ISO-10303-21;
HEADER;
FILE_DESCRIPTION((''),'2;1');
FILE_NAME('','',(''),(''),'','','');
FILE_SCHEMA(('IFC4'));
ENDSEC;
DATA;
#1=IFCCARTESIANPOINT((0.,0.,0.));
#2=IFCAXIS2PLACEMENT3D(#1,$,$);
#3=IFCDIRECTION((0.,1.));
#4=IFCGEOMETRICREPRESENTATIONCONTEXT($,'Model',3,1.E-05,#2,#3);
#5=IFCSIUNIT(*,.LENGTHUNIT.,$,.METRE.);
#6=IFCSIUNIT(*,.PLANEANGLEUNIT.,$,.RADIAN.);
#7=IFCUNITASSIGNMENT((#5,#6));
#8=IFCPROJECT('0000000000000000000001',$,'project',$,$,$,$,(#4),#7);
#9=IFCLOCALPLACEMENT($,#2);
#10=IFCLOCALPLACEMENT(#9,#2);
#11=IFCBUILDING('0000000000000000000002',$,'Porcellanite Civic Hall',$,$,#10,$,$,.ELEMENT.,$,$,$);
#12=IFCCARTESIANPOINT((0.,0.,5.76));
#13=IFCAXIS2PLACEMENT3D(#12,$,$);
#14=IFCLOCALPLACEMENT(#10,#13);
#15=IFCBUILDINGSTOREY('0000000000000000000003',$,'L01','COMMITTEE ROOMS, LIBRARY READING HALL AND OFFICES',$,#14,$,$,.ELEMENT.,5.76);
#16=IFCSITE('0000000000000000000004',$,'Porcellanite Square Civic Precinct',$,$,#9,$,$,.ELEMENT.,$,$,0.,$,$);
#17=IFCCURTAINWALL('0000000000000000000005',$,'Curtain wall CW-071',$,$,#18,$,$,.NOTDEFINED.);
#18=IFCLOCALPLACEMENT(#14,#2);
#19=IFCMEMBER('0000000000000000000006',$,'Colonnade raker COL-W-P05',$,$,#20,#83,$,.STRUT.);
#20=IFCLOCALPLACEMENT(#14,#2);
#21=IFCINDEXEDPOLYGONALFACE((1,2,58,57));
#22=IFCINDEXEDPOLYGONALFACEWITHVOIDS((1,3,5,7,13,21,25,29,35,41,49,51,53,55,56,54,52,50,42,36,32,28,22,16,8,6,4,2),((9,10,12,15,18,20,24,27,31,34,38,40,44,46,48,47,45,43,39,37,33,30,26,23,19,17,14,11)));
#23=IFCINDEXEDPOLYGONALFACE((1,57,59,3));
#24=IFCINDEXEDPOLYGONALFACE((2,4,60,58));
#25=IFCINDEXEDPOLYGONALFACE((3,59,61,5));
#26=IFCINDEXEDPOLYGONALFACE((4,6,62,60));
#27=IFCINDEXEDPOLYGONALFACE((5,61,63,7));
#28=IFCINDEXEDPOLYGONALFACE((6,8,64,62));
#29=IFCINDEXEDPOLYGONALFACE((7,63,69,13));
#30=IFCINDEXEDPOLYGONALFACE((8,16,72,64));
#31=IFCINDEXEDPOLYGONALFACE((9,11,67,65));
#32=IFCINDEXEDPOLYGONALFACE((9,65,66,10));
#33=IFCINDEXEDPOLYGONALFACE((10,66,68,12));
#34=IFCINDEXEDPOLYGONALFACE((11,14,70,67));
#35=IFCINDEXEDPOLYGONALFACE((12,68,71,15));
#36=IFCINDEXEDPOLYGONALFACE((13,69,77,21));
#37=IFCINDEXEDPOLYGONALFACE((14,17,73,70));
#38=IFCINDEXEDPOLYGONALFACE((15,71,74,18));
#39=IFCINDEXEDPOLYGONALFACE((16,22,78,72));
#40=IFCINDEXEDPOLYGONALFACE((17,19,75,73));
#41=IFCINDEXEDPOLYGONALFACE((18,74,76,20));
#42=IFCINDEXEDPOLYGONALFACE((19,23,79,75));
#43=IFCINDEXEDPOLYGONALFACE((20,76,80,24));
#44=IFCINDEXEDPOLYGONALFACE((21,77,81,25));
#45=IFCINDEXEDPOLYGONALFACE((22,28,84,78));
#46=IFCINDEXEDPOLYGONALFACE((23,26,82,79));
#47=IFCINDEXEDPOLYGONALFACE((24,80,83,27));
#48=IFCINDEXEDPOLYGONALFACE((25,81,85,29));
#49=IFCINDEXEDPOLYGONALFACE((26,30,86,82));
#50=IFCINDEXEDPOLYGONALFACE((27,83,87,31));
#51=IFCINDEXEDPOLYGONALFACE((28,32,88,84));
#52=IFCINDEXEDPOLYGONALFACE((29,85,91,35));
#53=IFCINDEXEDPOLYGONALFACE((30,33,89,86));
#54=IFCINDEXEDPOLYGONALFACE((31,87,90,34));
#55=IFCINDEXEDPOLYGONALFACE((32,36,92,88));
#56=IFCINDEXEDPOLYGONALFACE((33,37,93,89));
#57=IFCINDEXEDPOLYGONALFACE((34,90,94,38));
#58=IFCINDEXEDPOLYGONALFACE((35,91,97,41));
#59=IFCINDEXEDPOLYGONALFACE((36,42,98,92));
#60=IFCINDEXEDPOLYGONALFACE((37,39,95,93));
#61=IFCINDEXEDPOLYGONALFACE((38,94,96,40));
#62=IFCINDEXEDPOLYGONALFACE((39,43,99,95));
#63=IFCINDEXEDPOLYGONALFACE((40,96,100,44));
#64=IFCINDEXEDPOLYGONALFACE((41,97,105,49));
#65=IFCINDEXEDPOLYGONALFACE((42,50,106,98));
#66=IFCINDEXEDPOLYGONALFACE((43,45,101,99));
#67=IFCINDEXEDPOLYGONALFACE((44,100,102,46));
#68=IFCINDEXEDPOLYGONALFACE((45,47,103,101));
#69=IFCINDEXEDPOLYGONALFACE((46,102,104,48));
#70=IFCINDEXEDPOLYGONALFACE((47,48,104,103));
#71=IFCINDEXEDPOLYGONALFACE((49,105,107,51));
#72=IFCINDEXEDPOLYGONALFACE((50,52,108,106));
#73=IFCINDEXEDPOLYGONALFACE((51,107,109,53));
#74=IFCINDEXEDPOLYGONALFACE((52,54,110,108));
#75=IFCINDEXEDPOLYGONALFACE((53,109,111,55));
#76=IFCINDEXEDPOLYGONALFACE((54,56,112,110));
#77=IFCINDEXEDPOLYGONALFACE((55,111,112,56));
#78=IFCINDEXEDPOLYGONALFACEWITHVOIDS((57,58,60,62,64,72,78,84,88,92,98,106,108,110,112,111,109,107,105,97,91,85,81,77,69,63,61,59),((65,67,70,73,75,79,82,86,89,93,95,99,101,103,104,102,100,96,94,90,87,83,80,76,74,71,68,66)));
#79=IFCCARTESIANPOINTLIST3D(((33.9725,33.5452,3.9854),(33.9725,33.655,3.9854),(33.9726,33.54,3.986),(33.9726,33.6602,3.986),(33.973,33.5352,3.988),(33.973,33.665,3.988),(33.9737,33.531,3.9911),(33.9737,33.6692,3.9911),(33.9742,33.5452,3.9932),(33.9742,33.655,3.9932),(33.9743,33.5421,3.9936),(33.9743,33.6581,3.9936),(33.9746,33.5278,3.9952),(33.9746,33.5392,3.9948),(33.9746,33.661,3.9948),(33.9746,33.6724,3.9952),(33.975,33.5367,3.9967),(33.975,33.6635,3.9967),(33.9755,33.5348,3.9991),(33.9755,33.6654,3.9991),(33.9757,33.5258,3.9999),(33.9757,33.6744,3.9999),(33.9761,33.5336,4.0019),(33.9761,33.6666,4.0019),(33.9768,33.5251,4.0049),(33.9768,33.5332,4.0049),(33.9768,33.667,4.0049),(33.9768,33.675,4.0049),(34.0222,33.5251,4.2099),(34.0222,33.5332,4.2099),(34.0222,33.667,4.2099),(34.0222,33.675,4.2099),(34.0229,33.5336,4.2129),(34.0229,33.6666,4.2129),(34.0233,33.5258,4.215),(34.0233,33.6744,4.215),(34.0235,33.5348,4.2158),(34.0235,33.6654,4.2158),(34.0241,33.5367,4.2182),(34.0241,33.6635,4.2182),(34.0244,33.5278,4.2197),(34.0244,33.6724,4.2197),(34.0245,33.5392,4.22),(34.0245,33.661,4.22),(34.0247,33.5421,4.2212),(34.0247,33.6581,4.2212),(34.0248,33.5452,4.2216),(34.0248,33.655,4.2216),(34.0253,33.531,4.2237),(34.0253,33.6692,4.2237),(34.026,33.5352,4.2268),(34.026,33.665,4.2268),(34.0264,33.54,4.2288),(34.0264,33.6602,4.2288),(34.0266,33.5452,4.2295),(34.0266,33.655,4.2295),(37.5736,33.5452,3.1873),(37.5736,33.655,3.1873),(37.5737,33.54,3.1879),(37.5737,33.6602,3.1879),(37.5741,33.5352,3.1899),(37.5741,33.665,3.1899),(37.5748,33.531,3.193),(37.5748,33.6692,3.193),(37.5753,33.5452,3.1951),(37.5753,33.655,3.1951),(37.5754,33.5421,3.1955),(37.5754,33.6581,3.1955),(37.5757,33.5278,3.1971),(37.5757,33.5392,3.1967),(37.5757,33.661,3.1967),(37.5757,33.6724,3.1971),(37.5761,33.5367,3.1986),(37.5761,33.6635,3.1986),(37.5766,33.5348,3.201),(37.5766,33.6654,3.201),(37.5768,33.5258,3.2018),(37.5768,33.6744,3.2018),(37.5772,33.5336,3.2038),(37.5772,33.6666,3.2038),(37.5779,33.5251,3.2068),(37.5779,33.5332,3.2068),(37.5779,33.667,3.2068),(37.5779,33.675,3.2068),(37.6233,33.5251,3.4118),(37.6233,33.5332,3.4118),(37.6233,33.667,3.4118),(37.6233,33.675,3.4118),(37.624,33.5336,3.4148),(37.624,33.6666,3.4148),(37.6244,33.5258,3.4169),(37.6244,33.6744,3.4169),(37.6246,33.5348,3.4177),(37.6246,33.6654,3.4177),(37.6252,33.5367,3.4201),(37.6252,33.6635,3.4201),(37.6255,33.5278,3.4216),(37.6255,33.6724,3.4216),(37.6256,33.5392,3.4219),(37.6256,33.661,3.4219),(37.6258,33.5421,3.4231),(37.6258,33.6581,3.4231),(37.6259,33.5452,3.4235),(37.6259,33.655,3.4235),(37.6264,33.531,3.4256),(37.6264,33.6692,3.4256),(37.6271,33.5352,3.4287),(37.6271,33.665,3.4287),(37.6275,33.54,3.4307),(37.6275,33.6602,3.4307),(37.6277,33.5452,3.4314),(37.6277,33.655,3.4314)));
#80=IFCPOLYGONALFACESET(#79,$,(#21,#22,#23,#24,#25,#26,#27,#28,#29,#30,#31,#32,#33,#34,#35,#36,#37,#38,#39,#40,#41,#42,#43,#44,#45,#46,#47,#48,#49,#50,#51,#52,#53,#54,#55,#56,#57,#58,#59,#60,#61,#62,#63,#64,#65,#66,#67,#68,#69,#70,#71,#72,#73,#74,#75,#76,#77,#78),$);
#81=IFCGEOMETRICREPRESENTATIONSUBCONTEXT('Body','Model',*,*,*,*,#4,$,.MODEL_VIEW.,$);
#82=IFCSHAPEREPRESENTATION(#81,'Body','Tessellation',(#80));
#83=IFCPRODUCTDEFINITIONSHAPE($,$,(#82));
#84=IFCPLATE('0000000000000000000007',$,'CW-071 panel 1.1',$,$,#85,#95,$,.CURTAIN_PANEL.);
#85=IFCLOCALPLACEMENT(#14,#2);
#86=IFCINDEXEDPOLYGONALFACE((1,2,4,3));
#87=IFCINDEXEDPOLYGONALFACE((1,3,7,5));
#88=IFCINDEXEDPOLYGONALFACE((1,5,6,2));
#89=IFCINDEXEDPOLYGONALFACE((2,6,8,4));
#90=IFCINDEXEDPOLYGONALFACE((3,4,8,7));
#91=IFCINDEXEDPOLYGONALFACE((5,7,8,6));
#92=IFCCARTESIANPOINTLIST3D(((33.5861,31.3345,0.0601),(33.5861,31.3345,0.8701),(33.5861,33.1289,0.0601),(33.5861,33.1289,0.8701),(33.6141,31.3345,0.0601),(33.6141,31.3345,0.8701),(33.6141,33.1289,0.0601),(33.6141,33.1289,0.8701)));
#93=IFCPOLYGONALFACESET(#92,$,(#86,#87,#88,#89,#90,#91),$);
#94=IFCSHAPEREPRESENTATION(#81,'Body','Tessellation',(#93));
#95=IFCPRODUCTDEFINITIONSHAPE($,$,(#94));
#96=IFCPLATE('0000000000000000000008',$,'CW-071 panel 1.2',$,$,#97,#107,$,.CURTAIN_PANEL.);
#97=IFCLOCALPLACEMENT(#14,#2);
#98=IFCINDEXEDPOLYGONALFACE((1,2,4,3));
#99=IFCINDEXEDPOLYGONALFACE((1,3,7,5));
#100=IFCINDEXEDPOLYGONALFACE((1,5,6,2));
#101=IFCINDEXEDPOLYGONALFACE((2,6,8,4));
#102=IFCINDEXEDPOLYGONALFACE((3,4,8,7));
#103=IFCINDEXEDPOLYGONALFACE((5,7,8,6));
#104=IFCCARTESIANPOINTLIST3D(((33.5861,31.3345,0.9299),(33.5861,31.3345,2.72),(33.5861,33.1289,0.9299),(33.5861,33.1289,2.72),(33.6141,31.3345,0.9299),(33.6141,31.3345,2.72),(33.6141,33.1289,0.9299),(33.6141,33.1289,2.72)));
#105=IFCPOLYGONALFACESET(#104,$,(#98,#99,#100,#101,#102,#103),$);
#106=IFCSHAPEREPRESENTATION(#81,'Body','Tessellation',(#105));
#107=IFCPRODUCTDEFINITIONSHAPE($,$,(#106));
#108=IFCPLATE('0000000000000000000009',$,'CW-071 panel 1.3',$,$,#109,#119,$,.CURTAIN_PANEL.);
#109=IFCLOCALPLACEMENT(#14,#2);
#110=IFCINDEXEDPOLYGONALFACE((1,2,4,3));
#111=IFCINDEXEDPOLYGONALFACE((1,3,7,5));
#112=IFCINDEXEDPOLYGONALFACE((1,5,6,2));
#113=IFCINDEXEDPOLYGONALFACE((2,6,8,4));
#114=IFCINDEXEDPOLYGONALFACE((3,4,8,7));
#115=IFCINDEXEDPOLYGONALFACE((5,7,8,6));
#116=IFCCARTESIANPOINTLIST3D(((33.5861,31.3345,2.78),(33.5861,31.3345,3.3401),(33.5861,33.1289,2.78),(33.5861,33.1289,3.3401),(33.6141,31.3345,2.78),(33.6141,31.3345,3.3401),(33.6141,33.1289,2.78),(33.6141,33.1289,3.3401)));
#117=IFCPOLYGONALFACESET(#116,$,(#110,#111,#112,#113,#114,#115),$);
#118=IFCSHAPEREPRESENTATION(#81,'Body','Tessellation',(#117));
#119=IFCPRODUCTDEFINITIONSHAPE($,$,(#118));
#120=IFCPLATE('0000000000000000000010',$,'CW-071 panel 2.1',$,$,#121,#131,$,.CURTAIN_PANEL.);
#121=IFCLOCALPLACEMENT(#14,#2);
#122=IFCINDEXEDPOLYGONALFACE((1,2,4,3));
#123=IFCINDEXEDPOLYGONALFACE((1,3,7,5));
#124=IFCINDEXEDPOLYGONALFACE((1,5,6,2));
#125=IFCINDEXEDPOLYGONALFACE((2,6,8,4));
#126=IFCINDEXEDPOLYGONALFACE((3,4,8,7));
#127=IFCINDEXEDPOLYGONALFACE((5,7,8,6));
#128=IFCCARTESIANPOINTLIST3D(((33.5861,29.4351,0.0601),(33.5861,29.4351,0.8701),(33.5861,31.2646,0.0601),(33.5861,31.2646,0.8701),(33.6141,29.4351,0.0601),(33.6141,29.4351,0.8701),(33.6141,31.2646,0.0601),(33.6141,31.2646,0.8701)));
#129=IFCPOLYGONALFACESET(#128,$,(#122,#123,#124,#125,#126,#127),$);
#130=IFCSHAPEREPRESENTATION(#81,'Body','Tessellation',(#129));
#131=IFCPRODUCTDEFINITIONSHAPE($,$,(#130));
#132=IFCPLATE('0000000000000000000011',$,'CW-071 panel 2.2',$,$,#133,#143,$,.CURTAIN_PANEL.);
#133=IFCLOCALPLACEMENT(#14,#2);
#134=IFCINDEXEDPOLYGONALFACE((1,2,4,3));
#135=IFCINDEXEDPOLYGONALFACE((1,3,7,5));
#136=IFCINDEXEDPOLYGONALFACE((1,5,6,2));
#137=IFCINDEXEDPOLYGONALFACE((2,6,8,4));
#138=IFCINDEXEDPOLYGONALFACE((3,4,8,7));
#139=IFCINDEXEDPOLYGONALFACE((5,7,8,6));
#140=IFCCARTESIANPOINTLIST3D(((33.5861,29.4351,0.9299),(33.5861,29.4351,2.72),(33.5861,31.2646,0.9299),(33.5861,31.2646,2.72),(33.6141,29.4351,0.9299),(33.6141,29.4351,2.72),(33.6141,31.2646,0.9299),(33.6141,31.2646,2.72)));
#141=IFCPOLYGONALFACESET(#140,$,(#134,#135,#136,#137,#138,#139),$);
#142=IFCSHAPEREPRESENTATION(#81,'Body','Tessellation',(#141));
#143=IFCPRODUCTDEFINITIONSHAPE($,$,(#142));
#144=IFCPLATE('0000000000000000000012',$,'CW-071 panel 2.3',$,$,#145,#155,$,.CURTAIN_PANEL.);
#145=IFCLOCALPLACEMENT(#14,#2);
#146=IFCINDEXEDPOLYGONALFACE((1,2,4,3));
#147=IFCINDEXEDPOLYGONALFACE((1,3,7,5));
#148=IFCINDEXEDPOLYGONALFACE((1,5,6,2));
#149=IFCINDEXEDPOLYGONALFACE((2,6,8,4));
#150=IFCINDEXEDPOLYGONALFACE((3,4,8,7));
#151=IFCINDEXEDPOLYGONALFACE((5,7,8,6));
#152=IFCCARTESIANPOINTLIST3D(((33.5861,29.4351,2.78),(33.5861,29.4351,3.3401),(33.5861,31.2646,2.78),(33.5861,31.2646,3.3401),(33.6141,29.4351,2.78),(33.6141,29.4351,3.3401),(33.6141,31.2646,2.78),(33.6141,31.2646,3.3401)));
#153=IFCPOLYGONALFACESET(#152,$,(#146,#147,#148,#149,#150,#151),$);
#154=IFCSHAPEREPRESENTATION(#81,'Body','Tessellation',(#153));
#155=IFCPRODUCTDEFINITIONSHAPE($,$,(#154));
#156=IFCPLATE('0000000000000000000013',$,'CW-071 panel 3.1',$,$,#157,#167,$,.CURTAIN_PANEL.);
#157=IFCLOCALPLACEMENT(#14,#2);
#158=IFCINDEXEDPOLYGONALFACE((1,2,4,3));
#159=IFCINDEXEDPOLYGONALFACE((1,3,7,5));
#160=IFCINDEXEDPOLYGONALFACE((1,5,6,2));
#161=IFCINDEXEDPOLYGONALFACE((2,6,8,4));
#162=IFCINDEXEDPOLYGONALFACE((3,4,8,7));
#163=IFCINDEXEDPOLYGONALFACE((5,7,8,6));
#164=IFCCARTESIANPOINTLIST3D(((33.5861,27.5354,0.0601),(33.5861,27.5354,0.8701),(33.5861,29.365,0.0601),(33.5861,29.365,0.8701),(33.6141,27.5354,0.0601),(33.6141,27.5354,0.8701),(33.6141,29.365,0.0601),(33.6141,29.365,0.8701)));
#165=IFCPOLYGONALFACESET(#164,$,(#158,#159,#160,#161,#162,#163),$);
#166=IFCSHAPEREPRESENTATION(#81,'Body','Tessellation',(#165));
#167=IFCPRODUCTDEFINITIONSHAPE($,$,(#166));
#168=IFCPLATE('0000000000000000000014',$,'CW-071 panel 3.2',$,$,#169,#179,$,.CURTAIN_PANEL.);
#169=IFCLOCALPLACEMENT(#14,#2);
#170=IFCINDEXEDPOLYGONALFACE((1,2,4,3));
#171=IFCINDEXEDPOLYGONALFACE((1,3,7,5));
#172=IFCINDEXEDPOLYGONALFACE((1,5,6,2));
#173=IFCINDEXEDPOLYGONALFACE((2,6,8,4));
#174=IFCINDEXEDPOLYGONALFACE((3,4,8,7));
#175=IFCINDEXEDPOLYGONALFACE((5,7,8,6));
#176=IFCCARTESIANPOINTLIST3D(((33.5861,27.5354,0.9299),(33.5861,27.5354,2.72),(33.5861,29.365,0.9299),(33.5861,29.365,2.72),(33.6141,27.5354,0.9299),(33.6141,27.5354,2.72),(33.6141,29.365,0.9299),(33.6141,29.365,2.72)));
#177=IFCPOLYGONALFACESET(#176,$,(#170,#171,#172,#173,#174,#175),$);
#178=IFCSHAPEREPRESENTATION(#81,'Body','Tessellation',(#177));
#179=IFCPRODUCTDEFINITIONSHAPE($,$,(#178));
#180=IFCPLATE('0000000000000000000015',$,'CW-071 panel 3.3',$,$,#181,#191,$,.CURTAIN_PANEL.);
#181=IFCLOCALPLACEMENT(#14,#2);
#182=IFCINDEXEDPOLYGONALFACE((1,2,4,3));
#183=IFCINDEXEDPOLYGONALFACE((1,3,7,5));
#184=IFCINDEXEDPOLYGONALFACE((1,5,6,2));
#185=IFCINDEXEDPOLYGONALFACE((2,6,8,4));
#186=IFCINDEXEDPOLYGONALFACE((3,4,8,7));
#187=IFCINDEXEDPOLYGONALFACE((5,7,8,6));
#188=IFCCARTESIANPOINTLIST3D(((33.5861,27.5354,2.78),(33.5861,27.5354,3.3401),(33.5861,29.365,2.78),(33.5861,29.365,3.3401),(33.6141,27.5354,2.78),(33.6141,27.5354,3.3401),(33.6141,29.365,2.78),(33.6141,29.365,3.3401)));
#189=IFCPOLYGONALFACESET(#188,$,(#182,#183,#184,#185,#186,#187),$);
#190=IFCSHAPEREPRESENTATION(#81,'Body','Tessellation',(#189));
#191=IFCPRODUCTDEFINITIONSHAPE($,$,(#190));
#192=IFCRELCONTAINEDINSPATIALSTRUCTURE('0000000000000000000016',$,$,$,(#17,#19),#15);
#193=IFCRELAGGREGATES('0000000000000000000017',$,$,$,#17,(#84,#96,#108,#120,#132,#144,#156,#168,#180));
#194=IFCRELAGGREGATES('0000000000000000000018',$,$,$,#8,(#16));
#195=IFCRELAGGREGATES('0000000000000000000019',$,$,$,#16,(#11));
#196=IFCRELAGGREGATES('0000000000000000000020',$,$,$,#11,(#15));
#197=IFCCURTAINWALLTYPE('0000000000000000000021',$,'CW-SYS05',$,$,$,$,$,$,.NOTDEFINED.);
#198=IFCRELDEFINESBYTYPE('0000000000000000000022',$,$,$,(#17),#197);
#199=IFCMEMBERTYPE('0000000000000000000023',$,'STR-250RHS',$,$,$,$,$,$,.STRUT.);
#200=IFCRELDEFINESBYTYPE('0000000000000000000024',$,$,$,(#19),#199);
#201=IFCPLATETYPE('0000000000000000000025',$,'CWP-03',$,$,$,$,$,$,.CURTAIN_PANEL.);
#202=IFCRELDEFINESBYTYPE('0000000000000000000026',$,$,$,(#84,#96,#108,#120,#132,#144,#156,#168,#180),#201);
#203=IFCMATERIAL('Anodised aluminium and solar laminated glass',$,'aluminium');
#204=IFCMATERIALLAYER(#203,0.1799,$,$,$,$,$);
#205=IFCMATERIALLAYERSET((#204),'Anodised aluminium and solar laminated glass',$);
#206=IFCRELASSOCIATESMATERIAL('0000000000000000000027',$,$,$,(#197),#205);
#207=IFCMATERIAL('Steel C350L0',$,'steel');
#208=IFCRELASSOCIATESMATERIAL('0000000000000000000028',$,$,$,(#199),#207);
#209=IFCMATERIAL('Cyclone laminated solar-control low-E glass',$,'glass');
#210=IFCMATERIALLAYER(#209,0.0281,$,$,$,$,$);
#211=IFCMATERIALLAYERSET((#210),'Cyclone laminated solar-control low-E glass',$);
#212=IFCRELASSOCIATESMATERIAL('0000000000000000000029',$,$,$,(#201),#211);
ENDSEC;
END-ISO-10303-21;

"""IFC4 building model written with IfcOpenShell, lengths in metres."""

from ifc_helpers import new_model, si_unit, direction, frame, origin, origin_2d, place, context, subcontext, project, spatial, rectangle, hollow_rectangle, extrude, material, layer, layer_set, material_profile, profile_set, type_object, element, aggregate, save


model = new_model("IFC4")

# Units and contexts
model_context = context("Model", 3, precision=1e-05, world=origin(), true_north=direction((0.0, 1.0)))
body_context = subcontext(model_context, "Body", "Model", "MODEL_VIEW")
ifc_project = project(units=[si_unit("LENGTHUNIT", "METRE"), si_unit("PLANEANGLEUNIT", "RADIAN")], contexts=[model_context])

# Site, building, storey
site_placement = place(None, origin())
site = spatial("IfcSite", under=ifc_project, at=site_placement, Name="Porcellanite Square Civic Precinct", CompositionType="ELEMENT", RefElevation=0.0)
building_placement = place(site_placement, origin())
building = spatial("IfcBuilding", under=site, at=building_placement, Name="Porcellanite Civic Hall", CompositionType="ELEMENT")
storey_placement = place(building_placement, frame((0.0, 0.0, 5.76)))
storey = spatial("IfcBuildingStorey", under=building, at=storey_placement, Name="L01", Description="COMMITTEE ROOMS, LIBRARY READING HALL AND OFFICES", CompositionType="ELEMENT", Elevation=5.76)

# Curtain wall
ifc_material_1 = material(Name="Anodised aluminium and solar laminated glass", Category="aluminium")
ifc_layer_1 = layer(ifc_material_1, 0.1799)
ifc_layer_set_1 = layer_set([ifc_layer_1], Name="Anodised aluminium and solar laminated glass")
curtain_wall_type = type_object("IfcCurtainWallType", Name="CW-SYS05", PredefinedType="NOTDEFINED", material=ifc_layer_set_1)
curtain_wall_placement = place(storey_placement, origin())
curtain_wall = element("IfcCurtainWall", 1, at=curtain_wall_placement, inside=storey, type_object=curtain_wall_type, Name="Curtain wall CW-071", PredefinedType="NOTDEFINED")

# Member
ifc_material_2 = material(Name="Steel C350L0", Category="steel")
ifc_material_profile_1 = material_profile(ifc_material_2, hollow_rectangle(XDim=0.1499, YDim=0.25, WallThickness=0.0081, InnerFilletRadius=0.012, OuterFilletRadius=0.02, at=origin_2d()), Name="250x150x8.0RHS")
ifc_profile_set_1 = profile_set([ifc_material_profile_1], Name="Steel C350L0")
member_type_1 = type_object("IfcMemberType", Name="STR-250RHS", PredefinedType="STRUT", material=ifc_profile_set_1)
member_1_placement = place(storey_placement, frame((33.9995, 33.6001, 4.1074), z_axis=(0.97631, 0.0, -0.216377), x_axis=(0.0, 1.0, 0.0)))
element("IfcMember", 2, at=member_1_placement, inside=storey, type_object=member_type_1, Name="Colonnade raker COL-W-P05", PredefinedType="STRUT", context=body_context, shape_type="SweptSolid", body=[
    extrude(hollow_rectangle(XDim=0.1499, YDim=0.25, WallThickness=0.0081, InnerFilletRadius=0.012, OuterFilletRadius=0.02, at=origin_2d()), origin(), (0.0, 0.0, 1.0), 3.6885),
])

# Plates
ifc_material_3 = material(Name="Cyclone laminated solar-control low-E glass", Category="glass")
ifc_layer_2 = layer(ifc_material_3, 0.0281)
ifc_layer_set_2 = layer_set([ifc_layer_2], Name="Cyclone laminated solar-control low-E glass")
plate_type = type_object("IfcPlateType", Name="CWP-03", PredefinedType="CURTAIN_PANEL", material=ifc_layer_set_2)
plate_1_placement = place(storey_placement, frame((33.6001, 32.2317, 0.0601), z_axis=(0.0, 0.0, 1.0), x_axis=(0.0, -1.0, 0.0)))
plate_1 = element("IfcPlate", 3, at=plate_1_placement, type_object=plate_type, Name="CW-071 panel 1.1", PredefinedType="CURTAIN_PANEL", context=body_context, shape_type="SweptSolid", body=[
    extrude(rectangle(XDim=1.7944, YDim=0.0281, at=origin_2d()), origin(), (0.0, 0.0, 1.0), 0.8101),
])
plate_2_placement = place(storey_placement, frame((33.6001, 32.2317, 0.9299), z_axis=(0.0, 0.0, 1.0), x_axis=(0.0, -1.0, 0.0)))
plate_2 = element("IfcPlate", 4, at=plate_2_placement, type_object=plate_type, Name="CW-071 panel 1.2", PredefinedType="CURTAIN_PANEL", context=body_context, shape_type="SweptSolid", body=[
    extrude(rectangle(XDim=1.7944, YDim=0.0281, at=origin_2d()), origin(), (0.0, 0.0, 1.0), 1.79),
])
plate_3_placement = place(storey_placement, frame((33.6001, 32.2317, 2.78), z_axis=(0.0, 0.0, 1.0), x_axis=(0.0, -1.0, 0.0)))
plate_3 = element("IfcPlate", 5, at=plate_3_placement, type_object=plate_type, Name="CW-071 panel 1.3", PredefinedType="CURTAIN_PANEL", context=body_context, shape_type="SweptSolid", body=[
    extrude(rectangle(XDim=1.7944, YDim=0.0281, at=origin_2d()), origin(), (0.0, 0.0, 1.0), 0.5601),
])
plate_4_placement = place(storey_placement, frame((33.6001, 30.3499, 0.0601), z_axis=(0.0, 0.0, 1.0), x_axis=(0.0, -1.0, 0.0)))
plate_4 = element("IfcPlate", 6, at=plate_4_placement, type_object=plate_type, Name="CW-071 panel 2.1", PredefinedType="CURTAIN_PANEL", context=body_context, shape_type="SweptSolid", body=[
    extrude(rectangle(XDim=1.8296, YDim=0.0281, at=origin_2d()), origin(), (0.0, 0.0, 1.0), 0.8101),
])
plate_5_placement = place(storey_placement, frame((33.6001, 30.3499, 0.9299), z_axis=(0.0, 0.0, 1.0), x_axis=(0.0, -1.0, 0.0)))
plate_5 = element("IfcPlate", 7, at=plate_5_placement, type_object=plate_type, Name="CW-071 panel 2.2", PredefinedType="CURTAIN_PANEL", context=body_context, shape_type="SweptSolid", body=[
    extrude(rectangle(XDim=1.8296, YDim=0.0281, at=origin_2d()), origin(), (0.0, 0.0, 1.0), 1.79),
])
plate_6_placement = place(storey_placement, frame((33.6001, 30.3499, 2.78), z_axis=(0.0, 0.0, 1.0), x_axis=(0.0, -1.0, 0.0)))
plate_6 = element("IfcPlate", 8, at=plate_6_placement, type_object=plate_type, Name="CW-071 panel 2.3", PredefinedType="CURTAIN_PANEL", context=body_context, shape_type="SweptSolid", body=[
    extrude(rectangle(XDim=1.8296, YDim=0.0281, at=origin_2d()), origin(), (0.0, 0.0, 1.0), 0.5601),
])
plate_7_placement = place(storey_placement, frame((33.6001, 28.4502, 0.0601), z_axis=(0.0, 0.0, 1.0), x_axis=(0.0, -1.0, 0.0)))
plate_7 = element("IfcPlate", 9, at=plate_7_placement, type_object=plate_type, Name="CW-071 panel 3.1", PredefinedType="CURTAIN_PANEL", context=body_context, shape_type="SweptSolid", body=[
    extrude(rectangle(XDim=1.8296, YDim=0.0281, at=origin_2d()), origin(), (0.0, 0.0, 1.0), 0.8101),
])
plate_8_placement = place(storey_placement, frame((33.6001, 28.4502, 0.9299), z_axis=(0.0, 0.0, 1.0), x_axis=(0.0, -1.0, 0.0)))
plate_8 = element("IfcPlate", 10, at=plate_8_placement, type_object=plate_type, Name="CW-071 panel 3.2", PredefinedType="CURTAIN_PANEL", context=body_context, shape_type="SweptSolid", body=[
    extrude(rectangle(XDim=1.8296, YDim=0.0281, at=origin_2d()), origin(), (0.0, 0.0, 1.0), 1.79),
])
plate_9_placement = place(storey_placement, frame((33.6001, 28.4502, 2.78), z_axis=(0.0, 0.0, 1.0), x_axis=(0.0, -1.0, 0.0)))
plate_9 = element("IfcPlate", 11, at=plate_9_placement, type_object=plate_type, Name="CW-071 panel 3.3", PredefinedType="CURTAIN_PANEL", context=body_context, shape_type="SweptSolid", body=[
    extrude(rectangle(XDim=1.8296, YDim=0.0281, at=origin_2d()), origin(), (0.0, 0.0, 1.0), 0.5601),
])
aggregate(curtain_wall, [plate_1, plate_2, plate_3, plate_4, plate_5, plate_6, plate_7, plate_8, plate_9])

save(model, "model.ifc")
